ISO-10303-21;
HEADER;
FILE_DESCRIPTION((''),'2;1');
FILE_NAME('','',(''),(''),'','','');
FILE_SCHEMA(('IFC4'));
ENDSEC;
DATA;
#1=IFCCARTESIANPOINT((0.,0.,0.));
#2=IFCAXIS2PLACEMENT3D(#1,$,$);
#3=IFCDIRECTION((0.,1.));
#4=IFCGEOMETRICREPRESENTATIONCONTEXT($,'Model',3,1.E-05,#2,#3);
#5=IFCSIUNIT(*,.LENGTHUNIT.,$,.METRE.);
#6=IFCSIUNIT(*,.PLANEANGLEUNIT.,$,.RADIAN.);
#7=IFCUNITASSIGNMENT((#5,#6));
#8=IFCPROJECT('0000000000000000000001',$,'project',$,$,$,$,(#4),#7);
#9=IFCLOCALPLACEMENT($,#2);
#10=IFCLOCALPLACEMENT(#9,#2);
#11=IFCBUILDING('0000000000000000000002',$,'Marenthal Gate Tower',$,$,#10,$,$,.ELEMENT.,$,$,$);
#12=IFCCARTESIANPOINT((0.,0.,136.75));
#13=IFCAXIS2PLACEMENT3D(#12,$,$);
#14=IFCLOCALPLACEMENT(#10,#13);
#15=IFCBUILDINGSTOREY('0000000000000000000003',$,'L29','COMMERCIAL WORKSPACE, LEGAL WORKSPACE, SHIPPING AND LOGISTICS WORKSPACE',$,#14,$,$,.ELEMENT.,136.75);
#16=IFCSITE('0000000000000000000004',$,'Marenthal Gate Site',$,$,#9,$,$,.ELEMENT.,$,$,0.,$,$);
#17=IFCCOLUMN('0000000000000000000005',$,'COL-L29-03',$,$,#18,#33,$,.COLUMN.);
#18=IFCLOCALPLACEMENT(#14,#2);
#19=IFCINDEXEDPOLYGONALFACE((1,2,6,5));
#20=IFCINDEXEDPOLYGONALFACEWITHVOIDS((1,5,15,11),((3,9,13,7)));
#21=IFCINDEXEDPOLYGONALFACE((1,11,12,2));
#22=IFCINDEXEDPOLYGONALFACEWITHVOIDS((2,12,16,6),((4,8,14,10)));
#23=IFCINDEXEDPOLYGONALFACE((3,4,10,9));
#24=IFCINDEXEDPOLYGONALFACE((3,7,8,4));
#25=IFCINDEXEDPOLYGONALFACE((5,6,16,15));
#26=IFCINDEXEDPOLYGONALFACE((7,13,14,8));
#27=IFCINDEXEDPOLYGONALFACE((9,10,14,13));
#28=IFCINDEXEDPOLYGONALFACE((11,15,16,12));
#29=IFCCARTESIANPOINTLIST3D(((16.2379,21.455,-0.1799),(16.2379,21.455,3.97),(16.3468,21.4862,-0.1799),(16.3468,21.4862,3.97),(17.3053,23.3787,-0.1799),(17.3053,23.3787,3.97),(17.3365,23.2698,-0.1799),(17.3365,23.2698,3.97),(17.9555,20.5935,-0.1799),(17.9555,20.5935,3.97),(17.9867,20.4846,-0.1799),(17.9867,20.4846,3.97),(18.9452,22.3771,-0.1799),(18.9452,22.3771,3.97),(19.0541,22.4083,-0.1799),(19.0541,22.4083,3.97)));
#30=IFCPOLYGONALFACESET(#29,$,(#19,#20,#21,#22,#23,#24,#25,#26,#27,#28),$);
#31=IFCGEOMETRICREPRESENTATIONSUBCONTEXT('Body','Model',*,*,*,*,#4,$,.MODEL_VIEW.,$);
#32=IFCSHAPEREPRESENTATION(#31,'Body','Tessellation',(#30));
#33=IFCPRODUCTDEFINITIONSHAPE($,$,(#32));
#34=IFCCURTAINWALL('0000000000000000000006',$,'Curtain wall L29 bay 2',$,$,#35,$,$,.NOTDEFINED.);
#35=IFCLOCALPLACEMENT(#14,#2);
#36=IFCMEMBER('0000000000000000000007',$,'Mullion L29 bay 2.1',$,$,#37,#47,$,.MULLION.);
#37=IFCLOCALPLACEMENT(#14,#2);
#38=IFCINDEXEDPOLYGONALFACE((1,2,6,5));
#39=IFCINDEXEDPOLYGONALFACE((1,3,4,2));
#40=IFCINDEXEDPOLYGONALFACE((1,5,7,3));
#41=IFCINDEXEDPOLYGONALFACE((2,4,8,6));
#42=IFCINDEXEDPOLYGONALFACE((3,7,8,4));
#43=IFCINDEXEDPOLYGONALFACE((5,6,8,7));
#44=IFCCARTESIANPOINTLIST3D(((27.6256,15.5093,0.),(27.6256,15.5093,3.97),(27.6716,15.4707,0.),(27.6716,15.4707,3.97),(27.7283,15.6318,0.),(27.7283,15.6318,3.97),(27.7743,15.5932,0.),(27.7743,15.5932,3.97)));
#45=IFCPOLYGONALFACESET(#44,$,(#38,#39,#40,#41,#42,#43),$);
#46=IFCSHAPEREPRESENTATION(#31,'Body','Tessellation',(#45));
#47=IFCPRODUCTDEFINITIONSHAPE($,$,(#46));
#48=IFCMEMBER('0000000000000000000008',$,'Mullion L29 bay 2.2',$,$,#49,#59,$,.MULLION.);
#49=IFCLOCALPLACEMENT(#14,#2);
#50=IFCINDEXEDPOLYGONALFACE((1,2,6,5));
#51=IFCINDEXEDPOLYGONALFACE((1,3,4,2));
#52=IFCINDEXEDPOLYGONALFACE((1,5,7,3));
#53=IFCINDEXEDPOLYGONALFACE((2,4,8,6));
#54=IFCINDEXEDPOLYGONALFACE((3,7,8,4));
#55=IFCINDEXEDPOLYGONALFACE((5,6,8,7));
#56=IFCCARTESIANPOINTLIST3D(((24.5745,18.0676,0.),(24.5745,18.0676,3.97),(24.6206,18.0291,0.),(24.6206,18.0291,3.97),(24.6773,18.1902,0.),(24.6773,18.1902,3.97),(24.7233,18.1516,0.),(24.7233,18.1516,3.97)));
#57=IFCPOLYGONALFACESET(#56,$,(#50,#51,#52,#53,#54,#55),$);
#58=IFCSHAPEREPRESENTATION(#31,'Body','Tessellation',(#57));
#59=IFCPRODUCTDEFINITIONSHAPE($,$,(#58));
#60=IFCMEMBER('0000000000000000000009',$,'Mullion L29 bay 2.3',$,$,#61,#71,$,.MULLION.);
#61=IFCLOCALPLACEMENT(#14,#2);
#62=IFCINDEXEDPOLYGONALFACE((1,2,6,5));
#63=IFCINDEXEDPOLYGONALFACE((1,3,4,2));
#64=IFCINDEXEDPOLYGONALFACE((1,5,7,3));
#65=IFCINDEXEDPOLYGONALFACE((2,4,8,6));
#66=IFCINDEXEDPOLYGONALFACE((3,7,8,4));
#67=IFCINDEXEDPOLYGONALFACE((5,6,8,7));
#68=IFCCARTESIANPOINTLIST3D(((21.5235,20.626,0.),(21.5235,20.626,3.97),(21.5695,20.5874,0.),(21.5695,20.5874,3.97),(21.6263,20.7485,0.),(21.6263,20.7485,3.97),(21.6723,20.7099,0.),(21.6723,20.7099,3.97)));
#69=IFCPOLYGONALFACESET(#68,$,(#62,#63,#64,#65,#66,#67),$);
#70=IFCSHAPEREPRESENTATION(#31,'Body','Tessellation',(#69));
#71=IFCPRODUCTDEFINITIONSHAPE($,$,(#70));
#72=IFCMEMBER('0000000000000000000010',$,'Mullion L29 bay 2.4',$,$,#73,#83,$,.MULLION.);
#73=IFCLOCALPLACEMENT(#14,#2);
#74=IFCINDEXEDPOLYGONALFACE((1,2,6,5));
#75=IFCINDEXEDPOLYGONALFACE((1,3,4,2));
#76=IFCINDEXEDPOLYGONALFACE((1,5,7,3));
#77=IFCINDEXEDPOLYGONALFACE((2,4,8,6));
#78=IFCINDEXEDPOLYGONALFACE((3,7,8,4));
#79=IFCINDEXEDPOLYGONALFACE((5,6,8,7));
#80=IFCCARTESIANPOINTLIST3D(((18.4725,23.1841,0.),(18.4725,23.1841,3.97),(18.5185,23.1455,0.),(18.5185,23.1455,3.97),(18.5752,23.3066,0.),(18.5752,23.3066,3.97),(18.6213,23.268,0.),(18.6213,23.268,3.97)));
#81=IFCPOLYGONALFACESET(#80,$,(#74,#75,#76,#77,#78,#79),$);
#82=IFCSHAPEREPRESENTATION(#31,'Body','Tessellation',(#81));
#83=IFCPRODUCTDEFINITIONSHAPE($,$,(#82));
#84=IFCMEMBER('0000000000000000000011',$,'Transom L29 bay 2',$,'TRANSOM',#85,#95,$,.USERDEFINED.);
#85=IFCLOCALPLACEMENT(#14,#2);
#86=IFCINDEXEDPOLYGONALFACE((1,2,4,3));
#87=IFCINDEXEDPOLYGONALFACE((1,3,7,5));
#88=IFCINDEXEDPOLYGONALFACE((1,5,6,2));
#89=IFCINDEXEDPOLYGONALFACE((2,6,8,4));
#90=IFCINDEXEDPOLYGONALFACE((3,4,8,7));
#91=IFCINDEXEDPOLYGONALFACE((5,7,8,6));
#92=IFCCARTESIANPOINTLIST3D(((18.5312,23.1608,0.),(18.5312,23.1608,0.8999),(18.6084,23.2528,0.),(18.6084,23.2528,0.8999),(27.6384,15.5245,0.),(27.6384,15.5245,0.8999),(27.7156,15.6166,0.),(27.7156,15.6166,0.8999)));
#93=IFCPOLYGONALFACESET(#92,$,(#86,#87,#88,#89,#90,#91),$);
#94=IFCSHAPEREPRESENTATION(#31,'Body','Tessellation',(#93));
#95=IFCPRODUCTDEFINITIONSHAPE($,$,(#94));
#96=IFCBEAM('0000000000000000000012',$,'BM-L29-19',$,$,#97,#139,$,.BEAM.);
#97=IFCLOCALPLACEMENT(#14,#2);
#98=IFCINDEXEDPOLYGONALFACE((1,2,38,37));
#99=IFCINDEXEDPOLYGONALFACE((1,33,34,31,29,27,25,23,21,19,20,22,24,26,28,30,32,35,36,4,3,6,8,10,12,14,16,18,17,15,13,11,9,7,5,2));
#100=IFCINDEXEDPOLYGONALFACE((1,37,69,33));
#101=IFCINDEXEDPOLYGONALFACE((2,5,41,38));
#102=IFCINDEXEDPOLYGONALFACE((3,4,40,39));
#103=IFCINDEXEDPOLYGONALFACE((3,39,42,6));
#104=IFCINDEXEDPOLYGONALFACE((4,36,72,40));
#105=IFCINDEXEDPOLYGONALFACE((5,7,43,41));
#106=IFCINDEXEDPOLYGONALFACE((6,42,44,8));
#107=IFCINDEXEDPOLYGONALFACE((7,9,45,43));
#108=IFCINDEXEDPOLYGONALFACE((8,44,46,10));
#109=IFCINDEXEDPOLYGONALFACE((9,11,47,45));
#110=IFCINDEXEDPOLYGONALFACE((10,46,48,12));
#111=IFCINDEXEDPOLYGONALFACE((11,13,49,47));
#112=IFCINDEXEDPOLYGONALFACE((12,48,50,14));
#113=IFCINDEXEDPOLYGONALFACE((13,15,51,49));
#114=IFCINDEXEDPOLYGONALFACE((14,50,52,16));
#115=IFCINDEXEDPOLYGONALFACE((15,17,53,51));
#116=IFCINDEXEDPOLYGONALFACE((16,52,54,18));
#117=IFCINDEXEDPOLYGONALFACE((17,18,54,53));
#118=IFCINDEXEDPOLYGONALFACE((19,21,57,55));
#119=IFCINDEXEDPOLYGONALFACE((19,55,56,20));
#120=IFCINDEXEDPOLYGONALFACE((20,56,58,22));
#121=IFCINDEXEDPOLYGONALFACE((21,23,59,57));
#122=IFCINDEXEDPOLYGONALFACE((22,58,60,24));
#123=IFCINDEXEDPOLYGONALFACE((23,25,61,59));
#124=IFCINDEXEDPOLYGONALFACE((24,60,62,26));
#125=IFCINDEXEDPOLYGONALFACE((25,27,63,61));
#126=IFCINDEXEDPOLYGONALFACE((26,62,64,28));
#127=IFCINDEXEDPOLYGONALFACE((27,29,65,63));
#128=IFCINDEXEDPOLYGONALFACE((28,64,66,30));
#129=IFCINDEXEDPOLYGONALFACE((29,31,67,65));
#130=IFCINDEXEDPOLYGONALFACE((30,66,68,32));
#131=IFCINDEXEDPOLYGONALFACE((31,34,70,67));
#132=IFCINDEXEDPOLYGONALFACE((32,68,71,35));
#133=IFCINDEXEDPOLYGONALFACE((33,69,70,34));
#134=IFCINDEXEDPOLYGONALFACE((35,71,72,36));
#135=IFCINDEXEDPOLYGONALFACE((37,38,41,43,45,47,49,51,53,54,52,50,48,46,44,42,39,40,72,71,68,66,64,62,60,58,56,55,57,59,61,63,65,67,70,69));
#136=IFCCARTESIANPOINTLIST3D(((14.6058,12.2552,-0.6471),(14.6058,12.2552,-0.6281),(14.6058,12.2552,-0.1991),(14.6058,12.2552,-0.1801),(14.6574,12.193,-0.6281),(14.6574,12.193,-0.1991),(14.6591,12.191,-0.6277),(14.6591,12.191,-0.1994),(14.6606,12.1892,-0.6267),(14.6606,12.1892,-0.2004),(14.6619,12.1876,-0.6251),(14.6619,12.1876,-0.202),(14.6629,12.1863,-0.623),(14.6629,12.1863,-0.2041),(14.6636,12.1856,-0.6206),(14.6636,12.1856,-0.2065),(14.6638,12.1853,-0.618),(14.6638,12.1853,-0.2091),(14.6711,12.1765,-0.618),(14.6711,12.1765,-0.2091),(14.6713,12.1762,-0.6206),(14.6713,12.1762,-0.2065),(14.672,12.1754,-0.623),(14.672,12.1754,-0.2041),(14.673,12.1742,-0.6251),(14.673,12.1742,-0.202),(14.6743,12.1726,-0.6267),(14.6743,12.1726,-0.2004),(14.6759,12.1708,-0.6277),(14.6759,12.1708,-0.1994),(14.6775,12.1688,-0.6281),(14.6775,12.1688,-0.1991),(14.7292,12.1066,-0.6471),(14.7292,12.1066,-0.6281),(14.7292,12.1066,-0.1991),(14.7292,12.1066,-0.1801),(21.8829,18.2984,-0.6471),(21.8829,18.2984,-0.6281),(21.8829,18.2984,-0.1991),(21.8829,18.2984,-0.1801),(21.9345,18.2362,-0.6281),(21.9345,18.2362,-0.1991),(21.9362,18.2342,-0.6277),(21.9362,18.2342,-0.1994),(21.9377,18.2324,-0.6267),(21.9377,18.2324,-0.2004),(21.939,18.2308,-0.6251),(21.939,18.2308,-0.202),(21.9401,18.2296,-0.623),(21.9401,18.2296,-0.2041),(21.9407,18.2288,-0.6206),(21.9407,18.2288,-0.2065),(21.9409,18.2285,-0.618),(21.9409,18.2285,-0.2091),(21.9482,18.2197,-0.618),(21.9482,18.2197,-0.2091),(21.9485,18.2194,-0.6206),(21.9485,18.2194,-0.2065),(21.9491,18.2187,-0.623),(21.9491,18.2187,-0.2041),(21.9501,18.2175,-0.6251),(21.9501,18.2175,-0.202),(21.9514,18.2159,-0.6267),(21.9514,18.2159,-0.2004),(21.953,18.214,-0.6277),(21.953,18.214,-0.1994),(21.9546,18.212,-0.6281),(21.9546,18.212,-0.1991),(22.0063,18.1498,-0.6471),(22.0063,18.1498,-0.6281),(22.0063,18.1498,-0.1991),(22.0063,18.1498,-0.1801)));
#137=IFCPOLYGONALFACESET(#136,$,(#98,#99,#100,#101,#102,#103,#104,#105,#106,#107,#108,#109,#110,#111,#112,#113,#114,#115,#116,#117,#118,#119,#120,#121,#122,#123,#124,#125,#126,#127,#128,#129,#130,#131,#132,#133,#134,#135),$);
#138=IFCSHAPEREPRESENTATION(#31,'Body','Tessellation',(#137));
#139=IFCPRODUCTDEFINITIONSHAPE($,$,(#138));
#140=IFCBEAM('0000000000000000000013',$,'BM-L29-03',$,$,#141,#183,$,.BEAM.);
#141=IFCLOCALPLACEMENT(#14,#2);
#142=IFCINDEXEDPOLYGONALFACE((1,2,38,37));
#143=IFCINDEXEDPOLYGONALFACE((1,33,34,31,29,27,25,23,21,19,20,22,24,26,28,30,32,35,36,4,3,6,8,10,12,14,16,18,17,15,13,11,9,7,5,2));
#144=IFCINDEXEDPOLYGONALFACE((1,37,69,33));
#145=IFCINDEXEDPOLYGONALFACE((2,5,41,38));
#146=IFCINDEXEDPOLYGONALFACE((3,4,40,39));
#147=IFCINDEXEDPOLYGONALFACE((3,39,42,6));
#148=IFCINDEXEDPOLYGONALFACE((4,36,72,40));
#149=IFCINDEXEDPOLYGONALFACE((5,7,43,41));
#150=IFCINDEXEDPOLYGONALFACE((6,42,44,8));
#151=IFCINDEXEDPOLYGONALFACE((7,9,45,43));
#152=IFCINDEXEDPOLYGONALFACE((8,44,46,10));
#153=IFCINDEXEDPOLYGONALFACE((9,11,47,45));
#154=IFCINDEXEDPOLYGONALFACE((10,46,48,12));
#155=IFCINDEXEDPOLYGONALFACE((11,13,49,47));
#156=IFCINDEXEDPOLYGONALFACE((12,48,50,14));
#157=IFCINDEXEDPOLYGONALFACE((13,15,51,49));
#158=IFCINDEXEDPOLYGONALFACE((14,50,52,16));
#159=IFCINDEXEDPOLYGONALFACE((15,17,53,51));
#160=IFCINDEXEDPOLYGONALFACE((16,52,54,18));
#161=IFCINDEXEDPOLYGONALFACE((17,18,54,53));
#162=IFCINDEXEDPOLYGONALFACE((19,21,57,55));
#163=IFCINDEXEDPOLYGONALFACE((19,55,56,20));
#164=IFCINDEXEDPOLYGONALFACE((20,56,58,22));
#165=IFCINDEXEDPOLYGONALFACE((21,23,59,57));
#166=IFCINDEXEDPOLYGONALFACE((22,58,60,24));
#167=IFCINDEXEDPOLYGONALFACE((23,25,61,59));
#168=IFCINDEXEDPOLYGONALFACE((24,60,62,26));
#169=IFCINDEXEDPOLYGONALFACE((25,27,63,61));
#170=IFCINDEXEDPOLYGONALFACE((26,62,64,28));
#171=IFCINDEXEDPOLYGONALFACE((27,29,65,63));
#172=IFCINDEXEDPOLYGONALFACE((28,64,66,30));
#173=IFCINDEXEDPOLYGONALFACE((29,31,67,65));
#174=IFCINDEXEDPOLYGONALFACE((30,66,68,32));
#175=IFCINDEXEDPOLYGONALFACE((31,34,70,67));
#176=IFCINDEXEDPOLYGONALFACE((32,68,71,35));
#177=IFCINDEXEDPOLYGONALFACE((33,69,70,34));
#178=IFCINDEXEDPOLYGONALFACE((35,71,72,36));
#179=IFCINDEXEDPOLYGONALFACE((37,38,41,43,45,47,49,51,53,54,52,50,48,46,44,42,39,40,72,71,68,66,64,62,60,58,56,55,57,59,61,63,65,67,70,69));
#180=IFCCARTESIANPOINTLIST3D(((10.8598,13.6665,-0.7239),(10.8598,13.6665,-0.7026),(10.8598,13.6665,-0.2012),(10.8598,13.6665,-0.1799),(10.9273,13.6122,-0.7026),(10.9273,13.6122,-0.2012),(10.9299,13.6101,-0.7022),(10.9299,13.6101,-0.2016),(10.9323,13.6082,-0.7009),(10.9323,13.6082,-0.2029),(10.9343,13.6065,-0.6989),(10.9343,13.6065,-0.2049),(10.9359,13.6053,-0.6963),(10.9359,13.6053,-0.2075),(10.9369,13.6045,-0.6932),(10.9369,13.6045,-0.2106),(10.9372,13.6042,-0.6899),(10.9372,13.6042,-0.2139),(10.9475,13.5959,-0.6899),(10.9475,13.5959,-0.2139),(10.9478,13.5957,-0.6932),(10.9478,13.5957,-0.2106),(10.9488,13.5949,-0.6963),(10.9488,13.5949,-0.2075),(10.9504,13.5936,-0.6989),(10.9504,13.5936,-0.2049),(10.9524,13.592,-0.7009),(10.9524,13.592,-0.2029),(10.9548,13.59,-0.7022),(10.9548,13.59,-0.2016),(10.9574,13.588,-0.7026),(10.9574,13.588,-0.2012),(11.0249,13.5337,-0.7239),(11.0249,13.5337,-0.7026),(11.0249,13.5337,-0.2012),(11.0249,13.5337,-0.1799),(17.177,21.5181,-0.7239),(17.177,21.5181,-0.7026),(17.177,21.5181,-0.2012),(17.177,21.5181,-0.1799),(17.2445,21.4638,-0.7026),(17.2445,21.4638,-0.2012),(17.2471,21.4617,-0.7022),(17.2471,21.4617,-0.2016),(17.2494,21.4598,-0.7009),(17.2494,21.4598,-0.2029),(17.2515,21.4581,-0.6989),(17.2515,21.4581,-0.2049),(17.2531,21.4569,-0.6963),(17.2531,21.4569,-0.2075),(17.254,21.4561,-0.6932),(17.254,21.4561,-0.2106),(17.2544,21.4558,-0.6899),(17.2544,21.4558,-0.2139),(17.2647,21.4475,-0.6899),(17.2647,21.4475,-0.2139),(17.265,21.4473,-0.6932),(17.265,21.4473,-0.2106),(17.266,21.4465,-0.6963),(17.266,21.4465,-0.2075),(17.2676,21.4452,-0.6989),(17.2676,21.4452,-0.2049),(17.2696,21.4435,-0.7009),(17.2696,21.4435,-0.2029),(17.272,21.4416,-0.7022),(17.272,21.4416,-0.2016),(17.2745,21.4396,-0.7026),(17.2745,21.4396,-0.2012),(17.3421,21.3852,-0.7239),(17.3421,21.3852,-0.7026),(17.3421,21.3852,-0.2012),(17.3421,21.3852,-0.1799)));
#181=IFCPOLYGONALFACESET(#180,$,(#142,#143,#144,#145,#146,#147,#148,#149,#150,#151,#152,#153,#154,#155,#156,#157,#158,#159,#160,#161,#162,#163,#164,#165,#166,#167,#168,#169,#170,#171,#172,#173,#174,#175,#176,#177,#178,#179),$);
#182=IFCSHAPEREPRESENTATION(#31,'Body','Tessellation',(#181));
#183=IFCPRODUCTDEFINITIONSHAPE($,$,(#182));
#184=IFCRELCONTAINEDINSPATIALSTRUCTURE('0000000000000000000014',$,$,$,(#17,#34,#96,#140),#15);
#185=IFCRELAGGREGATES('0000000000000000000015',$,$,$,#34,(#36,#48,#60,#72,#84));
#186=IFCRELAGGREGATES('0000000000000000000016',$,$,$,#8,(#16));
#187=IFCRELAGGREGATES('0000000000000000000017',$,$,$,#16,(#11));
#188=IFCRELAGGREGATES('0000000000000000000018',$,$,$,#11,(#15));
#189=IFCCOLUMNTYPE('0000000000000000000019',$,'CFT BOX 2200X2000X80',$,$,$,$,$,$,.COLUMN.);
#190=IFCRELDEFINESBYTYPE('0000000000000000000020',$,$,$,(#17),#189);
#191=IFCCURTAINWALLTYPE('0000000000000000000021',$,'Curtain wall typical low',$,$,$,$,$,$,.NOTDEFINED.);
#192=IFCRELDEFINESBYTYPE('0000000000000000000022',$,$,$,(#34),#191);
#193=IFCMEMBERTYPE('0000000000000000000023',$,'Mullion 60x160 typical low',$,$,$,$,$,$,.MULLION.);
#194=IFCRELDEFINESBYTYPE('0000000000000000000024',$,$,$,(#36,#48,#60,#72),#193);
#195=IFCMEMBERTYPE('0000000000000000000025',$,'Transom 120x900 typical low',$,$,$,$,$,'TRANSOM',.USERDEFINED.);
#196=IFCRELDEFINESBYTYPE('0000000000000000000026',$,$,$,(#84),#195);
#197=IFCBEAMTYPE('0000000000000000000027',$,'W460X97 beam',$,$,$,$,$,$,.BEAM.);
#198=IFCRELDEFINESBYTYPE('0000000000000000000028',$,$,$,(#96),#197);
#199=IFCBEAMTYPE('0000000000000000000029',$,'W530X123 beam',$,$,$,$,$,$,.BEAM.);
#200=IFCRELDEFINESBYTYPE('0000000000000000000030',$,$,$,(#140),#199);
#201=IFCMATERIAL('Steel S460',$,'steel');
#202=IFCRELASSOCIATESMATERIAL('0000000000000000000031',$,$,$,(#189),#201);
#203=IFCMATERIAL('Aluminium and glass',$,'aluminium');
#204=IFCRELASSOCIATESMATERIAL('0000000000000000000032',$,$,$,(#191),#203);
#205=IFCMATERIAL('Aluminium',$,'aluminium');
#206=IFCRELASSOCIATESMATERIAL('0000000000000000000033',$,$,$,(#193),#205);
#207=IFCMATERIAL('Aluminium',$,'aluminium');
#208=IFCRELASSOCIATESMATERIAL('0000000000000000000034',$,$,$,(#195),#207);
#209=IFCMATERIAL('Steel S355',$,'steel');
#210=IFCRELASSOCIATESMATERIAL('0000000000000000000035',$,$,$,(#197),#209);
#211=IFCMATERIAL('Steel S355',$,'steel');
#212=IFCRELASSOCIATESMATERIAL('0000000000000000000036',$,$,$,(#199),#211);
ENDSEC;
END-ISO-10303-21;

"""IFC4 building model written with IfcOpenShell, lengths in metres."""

from ifc_helpers import new_model, si_unit, direction, frame, origin, origin_2d, place, context, subcontext, project, spatial, rectangle, hollow_rectangle, i_section, extrude, material, material_profile, profile_set, type_object, element, aggregate, save


model = new_model("IFC4")

# Units and contexts
model_context = context("Model", 3, precision=1e-05, world=origin(), true_north=direction((0.0, 1.0)))
body_context = subcontext(model_context, "Body", "Model", "MODEL_VIEW")
ifc_project = project(units=[si_unit("LENGTHUNIT", "METRE"), si_unit("PLANEANGLEUNIT", "RADIAN")], contexts=[model_context])

# Site, building, storey
site_placement = place(None, origin())
site = spatial("IfcSite", under=ifc_project, at=site_placement, Name="Marenthal Gate Site", CompositionType="ELEMENT", RefElevation=0.0)
building_placement = place(site_placement, origin())
building = spatial("IfcBuilding", under=site, at=building_placement, Name="Marenthal Gate Tower", CompositionType="ELEMENT")
storey_placement = place(building_placement, frame((0.0, 0.0, 136.75)))
storey = spatial("IfcBuildingStorey", under=building, at=storey_placement, Name="L29", Description="COMMERCIAL WORKSPACE, LEGAL WORKSPACE, SHIPPING AND LOGISTICS WORKSPACE", CompositionType="ELEMENT", Elevation=136.75)

# Column
ifc_material_1 = material(Name="Steel S460", Category="steel")
ifc_material_profile_1 = material_profile(ifc_material_1, hollow_rectangle(XDim=2.0, YDim=2.2, WallThickness=0.0801, at=origin_2d()), Name="CFT BOX 2200X2000X80")
ifc_material_2 = material(Name="Concrete 70 MPa", Category="concrete")
ifc_material_profile_2 = material_profile(ifc_material_2, rectangle(XDim=1.8401, YDim=2.04, at=origin_2d()), Name="CFT BOX 2200X2000X80 INFILL")
ifc_profile_set_1 = profile_set([ifc_material_profile_1, ifc_material_profile_2], Name="Steel S460 shell, Concrete 70 MPa infill")
column_type = type_object("IfcColumnType", Name="CFT BOX 2200X2000X80", PredefinedType="COLUMN", material=ifc_profile_set_1)
column_placement = place(storey_placement, frame((17.646, 21.9316, -0.1799), z_axis=(0.0, 0.0, 1.0), x_axis=(0.874403, -0.4852, 0.0)))
element("IfcColumn", 1, at=column_placement, inside=storey, type_object=column_type, Name="COL-L29-03", PredefinedType="COLUMN", context=body_context, shape_type="SweptSolid", body=[
    extrude(hollow_rectangle(XDim=2.0, YDim=2.2, WallThickness=0.0801, at=origin_2d()), origin(), (0.0, 0.0, 1.0), 4.1499),
])

# Curtain wall, members
ifc_material_3 = material(Name="Aluminium and glass", Category="aluminium")
curtain_wall_type = type_object("IfcCurtainWallType", Name="Curtain wall typical low", PredefinedType="NOTDEFINED", material=ifc_material_3)
curtain_wall_placement = place(storey_placement, origin())
curtain_wall = element("IfcCurtainWall", 2, at=curtain_wall_placement, inside=storey, type_object=curtain_wall_type, Name="Curtain wall L29 bay 2", PredefinedType="NOTDEFINED")
ifc_material_4 = material(Name="Aluminium", Category="aluminium")
ifc_material_profile_3 = material_profile(ifc_material_4, rectangle(XDim=0.1599, YDim=0.0601, at=origin_2d()), Name="60x160 aluminium mullion")
ifc_profile_set_2 = profile_set([ifc_material_profile_3], Name="Aluminium")
member_type_1 = type_object("IfcMemberType", Name="Mullion 60x160 typical low", PredefinedType="MULLION", material=ifc_profile_set_2)
member_1_placement = place(storey_placement, frame((27.7, 15.5513, 0.0), z_axis=(0.0, 0.0, 1.0), x_axis=(-0.642511, -0.766277, 0.0)))
member_1 = element("IfcMember", 3, at=member_1_placement, type_object=member_type_1, Name="Mullion L29 bay 2.1", PredefinedType="MULLION", context=body_context, shape_type="SweptSolid", body=[
    extrude(rectangle(XDim=0.1599, YDim=0.0601, at=origin_2d()), origin(), (0.0, 0.0, 1.0), 3.97),
])
member_2_placement = place(storey_placement, frame((24.6489, 18.1096, 0.0), z_axis=(0.0, 0.0, 1.0), x_axis=(-0.642511, -0.766277, 0.0)))
member_2 = element("IfcMember", 4, at=member_2_placement, type_object=member_type_1, Name="Mullion L29 bay 2.2", PredefinedType="MULLION", context=body_context, shape_type="SweptSolid", body=[
    extrude(rectangle(XDim=0.1599, YDim=0.0601, at=origin_2d()), origin(), (0.0, 0.0, 1.0), 3.97),
])
member_3_placement = place(storey_placement, frame((21.5979, 20.668, 0.0), z_axis=(0.0, 0.0, 1.0), x_axis=(-0.642511, -0.766277, 0.0)))
member_3 = element("IfcMember", 5, at=member_3_placement, type_object=member_type_1, Name="Mullion L29 bay 2.3", PredefinedType="MULLION", context=body_context, shape_type="SweptSolid", body=[
    extrude(rectangle(XDim=0.1599, YDim=0.0601, at=origin_2d()), origin(), (0.0, 0.0, 1.0), 3.97),
])
member_4_placement = place(storey_placement, frame((18.5469, 23.2261, 0.0), z_axis=(0.0, 0.0, 1.0), x_axis=(-0.642511, -0.766277, 0.0)))
member_4 = element("IfcMember", 6, at=member_4_placement, type_object=member_type_1, Name="Mullion L29 bay 2.4", PredefinedType="MULLION", context=body_context, shape_type="SweptSolid", body=[
    extrude(rectangle(XDim=0.1599, YDim=0.0601, at=origin_2d()), origin(), (0.0, 0.0, 1.0), 3.97),
])
ifc_material_5 = material(Name="Aluminium", Category="aluminium")
ifc_material_profile_4 = material_profile(ifc_material_5, rectangle(XDim=0.1201, YDim=0.8999, at=origin_2d()), Name="120x900 aluminium transom")
ifc_profile_set_3 = profile_set([ifc_material_profile_4], Name="Aluminium")
member_type_2 = type_object("IfcMemberType", Name="Transom 120x900 typical low", ElementType="TRANSOM", PredefinedType="USERDEFINED", material=ifc_profile_set_3)
member_5_placement = place(storey_placement, frame((27.677, 15.5706, 0.45), z_axis=(-0.766276, 0.642511, 0.0), x_axis=(-0.642511, -0.766276, 0.0)))
member_5 = element("IfcMember", 7, at=member_5_placement, type_object=member_type_2, Name="Transom L29 bay 2", ObjectType="TRANSOM", PredefinedType="USERDEFINED", context=body_context, shape_type="SweptSolid", body=[
    extrude(rectangle(XDim=0.1201, YDim=0.8999, at=origin_2d()), origin(), (0.0, 0.0, 1.0), 11.885),
])

# Beams
ifc_material_6 = material(Name="Steel S355", Category="steel")
ifc_material_profile_5 = material_profile(ifc_material_6, i_section(OverallWidth=0.1931, OverallDepth=0.467, WebThickness=0.0115, FlangeThickness=0.019, FilletRadius=0.01, at=origin_2d()), Name="W460X97")
ifc_profile_set_4 = profile_set([ifc_material_profile_5], Name="Steel S355")
beam_type_1 = type_object("IfcBeamType", Name="W460X97 beam", PredefinedType="BEAM", material=ifc_profile_set_4)
beam_1_placement = place(storey_placement, frame((21.9446, 18.2241, -0.4136), z_axis=(-0.769314, -0.638871, 0.0), x_axis=(0.638871, -0.769314, 0.0)))
element("IfcBeam", 8, at=beam_1_placement, inside=storey, type_object=beam_type_1, Name="BM-L29-19", PredefinedType="BEAM", context=body_context, shape_type="SweptSolid", body=[
    extrude(i_section(OverallWidth=0.1931, OverallDepth=0.467, WebThickness=0.0115, FlangeThickness=0.019, FilletRadius=0.01, at=origin_2d()), origin(), (0.0, 0.0, 1.0), 9.4592),
])
ifc_material_7 = material(Name="Steel S355", Category="steel")
ifc_material_profile_6 = material_profile(ifc_material_7, i_section(OverallWidth=0.2119, OverallDepth=0.5439, WebThickness=0.0132, FlangeThickness=0.0212, FilletRadius=0.0127, at=origin_2d()), Name="W530X123")
ifc_profile_set_5 = profile_set([ifc_material_profile_6], Name="Steel S355")
beam_type_2 = type_object("IfcBeamType", Name="W530X123 beam", PredefinedType="BEAM", material=ifc_profile_set_5)
beam_2_placement = place(storey_placement, frame((17.2595, 21.4517, -0.4519), z_axis=(-0.626864, -0.779129, 0.0), x_axis=(0.779129, -0.626864, 0.0)))
element("IfcBeam", 9, at=beam_2_placement, inside=storey, type_object=beam_type_2, Name="BM-L29-03", PredefinedType="BEAM", context=body_context, shape_type="SweptSolid", body=[
    extrude(i_section(OverallWidth=0.2119, OverallDepth=0.5439, WebThickness=0.0132, FlangeThickness=0.0212, FilletRadius=0.0127, at=origin_2d()), origin(), (0.0, 0.0, 1.0), 10.0774),
])

aggregate(curtain_wall, [member_1, member_2, member_3, member_4, member_5])

save(model, "model.ifc")
